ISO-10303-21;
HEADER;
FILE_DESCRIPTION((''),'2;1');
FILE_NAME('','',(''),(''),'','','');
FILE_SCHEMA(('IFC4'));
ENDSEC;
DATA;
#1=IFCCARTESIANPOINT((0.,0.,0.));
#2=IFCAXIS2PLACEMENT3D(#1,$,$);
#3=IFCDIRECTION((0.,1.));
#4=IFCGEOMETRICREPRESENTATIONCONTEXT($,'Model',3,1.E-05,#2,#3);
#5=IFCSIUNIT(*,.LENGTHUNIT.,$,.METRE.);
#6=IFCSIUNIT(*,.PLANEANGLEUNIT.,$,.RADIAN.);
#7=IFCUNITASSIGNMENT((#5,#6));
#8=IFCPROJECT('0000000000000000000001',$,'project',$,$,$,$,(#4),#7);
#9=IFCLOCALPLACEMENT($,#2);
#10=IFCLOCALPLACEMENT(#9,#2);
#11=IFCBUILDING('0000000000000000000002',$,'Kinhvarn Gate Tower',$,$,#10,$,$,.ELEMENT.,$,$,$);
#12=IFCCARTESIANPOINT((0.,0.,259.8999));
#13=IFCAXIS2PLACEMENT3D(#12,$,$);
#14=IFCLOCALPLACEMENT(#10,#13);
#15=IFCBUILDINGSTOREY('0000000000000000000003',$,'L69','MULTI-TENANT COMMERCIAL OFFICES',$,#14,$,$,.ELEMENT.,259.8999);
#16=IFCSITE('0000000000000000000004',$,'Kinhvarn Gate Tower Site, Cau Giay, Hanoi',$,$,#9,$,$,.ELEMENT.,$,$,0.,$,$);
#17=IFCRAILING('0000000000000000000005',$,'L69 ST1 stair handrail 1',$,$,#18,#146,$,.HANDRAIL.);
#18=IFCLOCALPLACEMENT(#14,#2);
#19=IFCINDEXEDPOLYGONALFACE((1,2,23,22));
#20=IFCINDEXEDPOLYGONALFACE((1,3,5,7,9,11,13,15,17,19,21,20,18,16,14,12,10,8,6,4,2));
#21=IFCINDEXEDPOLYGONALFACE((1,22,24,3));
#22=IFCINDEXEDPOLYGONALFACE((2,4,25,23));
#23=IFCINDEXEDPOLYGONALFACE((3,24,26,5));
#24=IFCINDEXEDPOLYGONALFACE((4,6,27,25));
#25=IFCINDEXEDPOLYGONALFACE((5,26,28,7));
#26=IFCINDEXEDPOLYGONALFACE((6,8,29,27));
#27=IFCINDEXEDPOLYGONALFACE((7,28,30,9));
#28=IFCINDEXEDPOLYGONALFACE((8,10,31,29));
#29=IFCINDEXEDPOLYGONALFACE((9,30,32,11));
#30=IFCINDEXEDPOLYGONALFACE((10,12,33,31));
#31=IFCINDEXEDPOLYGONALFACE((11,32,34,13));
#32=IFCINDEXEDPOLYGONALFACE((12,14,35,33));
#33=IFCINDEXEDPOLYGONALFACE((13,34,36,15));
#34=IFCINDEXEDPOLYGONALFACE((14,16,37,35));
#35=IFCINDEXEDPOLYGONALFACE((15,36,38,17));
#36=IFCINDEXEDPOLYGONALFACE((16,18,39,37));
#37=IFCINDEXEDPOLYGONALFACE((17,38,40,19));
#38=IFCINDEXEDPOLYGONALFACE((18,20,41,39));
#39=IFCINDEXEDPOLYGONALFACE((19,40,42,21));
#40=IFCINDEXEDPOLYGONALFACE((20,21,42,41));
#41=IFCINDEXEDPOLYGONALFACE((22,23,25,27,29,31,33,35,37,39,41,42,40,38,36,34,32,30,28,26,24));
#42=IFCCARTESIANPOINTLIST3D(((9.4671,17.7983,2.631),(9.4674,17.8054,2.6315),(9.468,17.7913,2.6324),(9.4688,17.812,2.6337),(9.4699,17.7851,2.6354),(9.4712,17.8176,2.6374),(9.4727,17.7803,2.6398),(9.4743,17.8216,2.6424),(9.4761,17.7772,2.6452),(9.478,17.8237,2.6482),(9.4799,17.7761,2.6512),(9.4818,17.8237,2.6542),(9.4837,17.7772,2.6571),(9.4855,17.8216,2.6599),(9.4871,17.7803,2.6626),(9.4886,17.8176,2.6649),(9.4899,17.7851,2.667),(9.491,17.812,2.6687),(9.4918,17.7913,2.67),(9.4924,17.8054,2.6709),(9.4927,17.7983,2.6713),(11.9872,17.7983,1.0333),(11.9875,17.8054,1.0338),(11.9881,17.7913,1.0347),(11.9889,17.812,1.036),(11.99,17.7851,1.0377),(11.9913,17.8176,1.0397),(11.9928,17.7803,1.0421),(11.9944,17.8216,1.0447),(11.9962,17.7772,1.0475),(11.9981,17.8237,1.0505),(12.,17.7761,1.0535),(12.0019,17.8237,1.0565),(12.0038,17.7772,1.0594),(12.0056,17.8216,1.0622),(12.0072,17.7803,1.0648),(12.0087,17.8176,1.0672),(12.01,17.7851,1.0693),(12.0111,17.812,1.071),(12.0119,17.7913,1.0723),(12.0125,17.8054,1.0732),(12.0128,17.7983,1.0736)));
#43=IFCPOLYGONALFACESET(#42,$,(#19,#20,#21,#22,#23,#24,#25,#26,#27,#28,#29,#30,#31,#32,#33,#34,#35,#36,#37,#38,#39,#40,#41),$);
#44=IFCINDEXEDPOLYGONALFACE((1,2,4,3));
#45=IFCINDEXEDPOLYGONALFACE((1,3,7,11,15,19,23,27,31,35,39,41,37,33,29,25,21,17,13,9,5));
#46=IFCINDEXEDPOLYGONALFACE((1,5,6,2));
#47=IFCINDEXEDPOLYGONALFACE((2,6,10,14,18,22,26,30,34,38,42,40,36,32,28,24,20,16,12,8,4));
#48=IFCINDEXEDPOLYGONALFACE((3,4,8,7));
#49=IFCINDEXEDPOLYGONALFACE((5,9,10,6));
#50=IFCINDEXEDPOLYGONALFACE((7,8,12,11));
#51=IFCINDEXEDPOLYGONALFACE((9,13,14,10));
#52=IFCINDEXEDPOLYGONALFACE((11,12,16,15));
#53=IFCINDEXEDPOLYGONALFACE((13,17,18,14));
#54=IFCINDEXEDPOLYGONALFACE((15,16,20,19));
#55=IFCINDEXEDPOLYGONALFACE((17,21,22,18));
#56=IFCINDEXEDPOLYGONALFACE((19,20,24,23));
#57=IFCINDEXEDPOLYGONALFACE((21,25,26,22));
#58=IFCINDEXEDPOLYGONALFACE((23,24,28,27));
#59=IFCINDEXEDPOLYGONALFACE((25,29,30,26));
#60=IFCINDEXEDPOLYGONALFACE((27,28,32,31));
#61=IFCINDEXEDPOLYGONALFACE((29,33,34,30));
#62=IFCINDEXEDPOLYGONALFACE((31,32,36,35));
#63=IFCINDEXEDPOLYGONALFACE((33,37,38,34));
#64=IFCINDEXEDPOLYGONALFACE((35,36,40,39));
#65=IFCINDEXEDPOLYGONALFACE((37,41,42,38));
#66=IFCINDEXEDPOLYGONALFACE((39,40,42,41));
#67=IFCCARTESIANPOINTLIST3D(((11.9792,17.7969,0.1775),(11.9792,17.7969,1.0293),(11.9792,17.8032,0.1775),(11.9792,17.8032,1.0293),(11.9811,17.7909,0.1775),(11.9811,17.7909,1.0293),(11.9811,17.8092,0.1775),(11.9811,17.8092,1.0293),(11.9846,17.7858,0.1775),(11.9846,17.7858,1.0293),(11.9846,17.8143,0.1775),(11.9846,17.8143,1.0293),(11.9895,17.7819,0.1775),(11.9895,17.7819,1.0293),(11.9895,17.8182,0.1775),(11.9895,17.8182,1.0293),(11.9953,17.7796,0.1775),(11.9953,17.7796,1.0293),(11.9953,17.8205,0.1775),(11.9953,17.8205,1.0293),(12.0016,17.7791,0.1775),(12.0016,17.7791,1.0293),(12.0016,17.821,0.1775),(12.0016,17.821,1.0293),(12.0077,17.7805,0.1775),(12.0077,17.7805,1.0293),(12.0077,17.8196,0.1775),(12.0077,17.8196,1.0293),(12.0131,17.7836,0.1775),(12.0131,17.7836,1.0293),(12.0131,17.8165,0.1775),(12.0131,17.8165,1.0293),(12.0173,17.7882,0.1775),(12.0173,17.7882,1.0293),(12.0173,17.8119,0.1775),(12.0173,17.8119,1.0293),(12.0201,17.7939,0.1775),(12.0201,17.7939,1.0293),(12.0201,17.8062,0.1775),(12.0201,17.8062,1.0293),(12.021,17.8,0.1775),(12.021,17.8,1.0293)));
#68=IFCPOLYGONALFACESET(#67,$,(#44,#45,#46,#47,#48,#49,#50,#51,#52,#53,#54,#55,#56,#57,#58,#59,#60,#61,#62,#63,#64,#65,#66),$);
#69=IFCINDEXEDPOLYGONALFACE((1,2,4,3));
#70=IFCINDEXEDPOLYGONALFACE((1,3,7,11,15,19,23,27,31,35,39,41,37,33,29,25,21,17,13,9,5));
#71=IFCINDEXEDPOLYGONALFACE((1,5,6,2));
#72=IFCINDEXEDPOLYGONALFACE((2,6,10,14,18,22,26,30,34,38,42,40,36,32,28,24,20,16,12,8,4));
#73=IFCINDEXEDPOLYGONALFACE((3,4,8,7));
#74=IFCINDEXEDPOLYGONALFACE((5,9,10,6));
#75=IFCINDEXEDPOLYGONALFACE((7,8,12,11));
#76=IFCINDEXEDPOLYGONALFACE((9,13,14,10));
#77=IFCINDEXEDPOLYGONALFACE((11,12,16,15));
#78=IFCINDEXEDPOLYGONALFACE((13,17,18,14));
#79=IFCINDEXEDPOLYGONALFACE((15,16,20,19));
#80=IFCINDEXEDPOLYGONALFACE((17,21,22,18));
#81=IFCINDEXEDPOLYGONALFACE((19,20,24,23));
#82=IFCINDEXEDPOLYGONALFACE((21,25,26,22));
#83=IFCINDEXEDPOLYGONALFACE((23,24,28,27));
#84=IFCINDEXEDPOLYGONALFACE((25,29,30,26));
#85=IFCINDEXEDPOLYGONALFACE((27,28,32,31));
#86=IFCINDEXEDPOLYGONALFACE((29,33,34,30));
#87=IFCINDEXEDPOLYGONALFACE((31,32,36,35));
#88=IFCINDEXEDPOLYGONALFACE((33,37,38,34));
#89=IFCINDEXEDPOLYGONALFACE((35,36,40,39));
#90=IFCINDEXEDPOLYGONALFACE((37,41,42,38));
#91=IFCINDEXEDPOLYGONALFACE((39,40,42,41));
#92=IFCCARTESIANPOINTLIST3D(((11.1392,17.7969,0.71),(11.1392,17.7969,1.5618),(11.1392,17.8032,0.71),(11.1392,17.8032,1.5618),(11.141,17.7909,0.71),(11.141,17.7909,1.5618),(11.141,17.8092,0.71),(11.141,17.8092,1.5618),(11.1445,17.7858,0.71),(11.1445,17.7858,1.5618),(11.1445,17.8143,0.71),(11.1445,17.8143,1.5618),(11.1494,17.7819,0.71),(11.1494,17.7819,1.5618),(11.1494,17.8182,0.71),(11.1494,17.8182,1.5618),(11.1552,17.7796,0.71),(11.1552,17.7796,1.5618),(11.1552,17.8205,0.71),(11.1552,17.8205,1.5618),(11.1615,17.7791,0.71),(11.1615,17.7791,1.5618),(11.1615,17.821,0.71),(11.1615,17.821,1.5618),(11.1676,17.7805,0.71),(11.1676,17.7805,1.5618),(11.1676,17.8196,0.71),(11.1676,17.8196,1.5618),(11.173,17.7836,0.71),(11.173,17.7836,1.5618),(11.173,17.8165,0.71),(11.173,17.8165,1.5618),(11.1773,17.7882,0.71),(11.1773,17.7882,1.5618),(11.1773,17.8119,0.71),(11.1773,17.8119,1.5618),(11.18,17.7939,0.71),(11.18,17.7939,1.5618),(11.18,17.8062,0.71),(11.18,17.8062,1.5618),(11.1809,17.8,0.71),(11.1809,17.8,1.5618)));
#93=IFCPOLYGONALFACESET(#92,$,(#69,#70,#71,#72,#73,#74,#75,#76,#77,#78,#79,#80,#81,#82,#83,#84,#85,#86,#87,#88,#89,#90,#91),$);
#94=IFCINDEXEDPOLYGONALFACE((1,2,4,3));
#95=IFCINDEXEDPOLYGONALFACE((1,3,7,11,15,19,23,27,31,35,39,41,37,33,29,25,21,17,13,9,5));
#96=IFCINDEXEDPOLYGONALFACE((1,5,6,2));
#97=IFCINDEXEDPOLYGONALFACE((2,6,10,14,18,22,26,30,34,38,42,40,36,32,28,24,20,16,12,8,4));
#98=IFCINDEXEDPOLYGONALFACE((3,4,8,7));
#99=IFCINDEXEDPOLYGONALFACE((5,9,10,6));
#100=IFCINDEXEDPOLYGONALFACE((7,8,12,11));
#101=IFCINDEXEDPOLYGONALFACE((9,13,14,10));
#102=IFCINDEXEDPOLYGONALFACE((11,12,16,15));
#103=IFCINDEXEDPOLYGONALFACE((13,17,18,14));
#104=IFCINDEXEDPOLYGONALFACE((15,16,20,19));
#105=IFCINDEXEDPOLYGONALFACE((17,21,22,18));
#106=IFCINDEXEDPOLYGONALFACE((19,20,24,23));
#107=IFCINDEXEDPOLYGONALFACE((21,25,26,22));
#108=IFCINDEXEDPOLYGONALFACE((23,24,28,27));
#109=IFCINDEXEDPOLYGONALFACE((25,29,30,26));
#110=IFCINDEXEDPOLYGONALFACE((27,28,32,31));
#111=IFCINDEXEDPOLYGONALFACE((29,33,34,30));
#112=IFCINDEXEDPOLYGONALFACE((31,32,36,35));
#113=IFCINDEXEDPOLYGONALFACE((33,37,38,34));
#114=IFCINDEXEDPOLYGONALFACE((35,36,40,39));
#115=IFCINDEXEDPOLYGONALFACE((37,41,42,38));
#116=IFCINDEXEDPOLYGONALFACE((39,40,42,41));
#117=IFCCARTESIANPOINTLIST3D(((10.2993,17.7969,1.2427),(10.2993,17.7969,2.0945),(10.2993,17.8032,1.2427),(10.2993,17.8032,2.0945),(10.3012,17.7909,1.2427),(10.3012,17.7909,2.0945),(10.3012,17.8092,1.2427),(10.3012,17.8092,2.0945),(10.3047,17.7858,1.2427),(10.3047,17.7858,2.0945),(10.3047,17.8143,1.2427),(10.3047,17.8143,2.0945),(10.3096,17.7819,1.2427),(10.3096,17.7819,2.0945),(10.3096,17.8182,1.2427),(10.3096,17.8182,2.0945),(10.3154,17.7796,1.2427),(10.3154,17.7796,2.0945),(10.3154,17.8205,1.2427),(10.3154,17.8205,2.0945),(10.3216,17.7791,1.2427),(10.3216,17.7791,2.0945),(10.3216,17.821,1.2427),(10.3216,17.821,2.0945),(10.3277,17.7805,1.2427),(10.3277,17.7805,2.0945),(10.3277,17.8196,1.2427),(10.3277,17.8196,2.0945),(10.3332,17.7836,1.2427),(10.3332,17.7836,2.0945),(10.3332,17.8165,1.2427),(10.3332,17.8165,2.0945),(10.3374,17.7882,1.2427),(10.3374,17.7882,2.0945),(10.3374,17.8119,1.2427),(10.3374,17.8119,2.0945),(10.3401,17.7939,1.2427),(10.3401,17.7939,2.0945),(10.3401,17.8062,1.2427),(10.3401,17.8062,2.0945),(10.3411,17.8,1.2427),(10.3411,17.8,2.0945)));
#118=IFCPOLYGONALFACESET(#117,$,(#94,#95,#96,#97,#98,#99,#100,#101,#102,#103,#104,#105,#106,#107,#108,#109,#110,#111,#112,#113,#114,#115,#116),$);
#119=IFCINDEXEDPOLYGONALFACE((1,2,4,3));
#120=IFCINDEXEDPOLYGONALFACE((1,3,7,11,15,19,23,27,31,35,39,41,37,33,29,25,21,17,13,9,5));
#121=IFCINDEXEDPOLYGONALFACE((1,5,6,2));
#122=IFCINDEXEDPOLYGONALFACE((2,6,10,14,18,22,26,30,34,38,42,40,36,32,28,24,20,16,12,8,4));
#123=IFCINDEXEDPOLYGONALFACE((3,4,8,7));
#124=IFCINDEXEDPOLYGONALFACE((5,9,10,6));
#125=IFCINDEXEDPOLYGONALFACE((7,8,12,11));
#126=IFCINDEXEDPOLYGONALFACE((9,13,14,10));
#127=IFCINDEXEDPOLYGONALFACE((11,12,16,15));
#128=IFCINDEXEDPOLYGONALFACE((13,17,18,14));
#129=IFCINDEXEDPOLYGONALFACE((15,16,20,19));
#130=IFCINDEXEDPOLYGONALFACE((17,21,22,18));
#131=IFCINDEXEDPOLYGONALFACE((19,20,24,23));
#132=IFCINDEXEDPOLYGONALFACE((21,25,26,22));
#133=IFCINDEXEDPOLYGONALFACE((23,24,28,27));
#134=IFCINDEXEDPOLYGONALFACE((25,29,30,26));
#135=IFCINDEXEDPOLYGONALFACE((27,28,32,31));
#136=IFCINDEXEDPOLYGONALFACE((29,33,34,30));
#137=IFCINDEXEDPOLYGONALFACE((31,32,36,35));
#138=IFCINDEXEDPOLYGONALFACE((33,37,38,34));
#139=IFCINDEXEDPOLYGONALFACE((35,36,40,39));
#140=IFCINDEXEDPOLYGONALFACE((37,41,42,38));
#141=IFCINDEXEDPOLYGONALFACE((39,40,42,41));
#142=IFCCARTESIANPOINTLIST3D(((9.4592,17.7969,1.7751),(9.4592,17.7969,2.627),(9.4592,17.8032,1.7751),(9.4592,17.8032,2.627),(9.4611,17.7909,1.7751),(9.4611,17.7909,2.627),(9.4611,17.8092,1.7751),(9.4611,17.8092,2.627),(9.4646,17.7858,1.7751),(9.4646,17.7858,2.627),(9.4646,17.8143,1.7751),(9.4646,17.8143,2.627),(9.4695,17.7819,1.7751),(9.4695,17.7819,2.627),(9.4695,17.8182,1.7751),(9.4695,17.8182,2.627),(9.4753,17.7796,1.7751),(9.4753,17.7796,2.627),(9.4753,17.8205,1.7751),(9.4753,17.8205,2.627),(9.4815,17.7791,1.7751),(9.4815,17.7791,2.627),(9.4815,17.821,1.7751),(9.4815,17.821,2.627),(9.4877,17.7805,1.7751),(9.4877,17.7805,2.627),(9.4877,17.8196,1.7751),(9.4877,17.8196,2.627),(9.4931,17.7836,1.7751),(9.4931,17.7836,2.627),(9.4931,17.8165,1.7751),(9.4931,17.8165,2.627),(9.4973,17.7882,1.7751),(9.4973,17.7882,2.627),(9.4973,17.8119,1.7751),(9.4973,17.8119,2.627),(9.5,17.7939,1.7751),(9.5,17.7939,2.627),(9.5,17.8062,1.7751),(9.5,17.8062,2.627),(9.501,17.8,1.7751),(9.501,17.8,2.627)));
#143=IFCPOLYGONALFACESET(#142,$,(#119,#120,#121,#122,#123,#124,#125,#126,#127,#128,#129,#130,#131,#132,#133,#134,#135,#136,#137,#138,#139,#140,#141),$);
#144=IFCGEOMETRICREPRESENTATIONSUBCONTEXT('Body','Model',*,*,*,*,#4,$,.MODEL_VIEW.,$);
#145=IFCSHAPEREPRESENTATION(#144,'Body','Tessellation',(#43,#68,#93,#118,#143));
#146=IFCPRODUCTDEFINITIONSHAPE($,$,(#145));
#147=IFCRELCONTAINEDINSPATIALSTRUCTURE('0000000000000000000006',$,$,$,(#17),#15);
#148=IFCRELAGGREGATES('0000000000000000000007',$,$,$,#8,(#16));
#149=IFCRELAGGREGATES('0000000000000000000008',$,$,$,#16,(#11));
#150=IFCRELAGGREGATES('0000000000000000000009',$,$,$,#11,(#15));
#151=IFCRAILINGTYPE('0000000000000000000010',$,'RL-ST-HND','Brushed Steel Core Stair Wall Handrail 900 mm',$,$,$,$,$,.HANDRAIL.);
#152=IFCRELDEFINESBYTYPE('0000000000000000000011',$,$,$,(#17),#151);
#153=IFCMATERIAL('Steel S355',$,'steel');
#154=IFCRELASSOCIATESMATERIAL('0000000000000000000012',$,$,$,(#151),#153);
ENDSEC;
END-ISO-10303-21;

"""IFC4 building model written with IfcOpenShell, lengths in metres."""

from ifc_helpers import new_model, si_unit, direction, frame, origin, origin_2d, place, context, subcontext, project, spatial, circle, extrude, material, type_object, element, save


model = new_model("IFC4")

# Units and contexts
model_context = context("Model", 3, precision=1e-05, world=origin(), true_north=direction((0.0, 1.0)))
body_context = subcontext(model_context, "Body", "Model", "MODEL_VIEW")
ifc_project = project(units=[si_unit("LENGTHUNIT", "METRE"), si_unit("PLANEANGLEUNIT", "RADIAN")], contexts=[model_context])

# Site, building, storey
site_placement = place(None, origin())
site = spatial("IfcSite", under=ifc_project, at=site_placement, Name="Kinhvarn Gate Tower Site, Cau Giay, Hanoi", CompositionType="ELEMENT", RefElevation=0.0)
building_placement = place(site_placement, origin())
building = spatial("IfcBuilding", under=site, at=building_placement, Name="Kinhvarn Gate Tower", CompositionType="ELEMENT")
storey_placement = place(building_placement, frame((0.0, 0.0, 259.8999)))
storey = spatial("IfcBuildingStorey", under=building, at=storey_placement, Name="L69", Description="MULTI-TENANT COMMERCIAL OFFICES", CompositionType="ELEMENT", Elevation=259.8999)

# Shared definitions
ifc_material_1 = material(Name="Steel S355", Category="steel")

# Railing
railing_type_1 = type_object("IfcRailingType", Name="RL-ST-HND", Description="Brushed Steel Core Stair Wall Handrail 900 mm", PredefinedType="HANDRAIL", material=ifc_material_1)
railing_1_placement = place(storey_placement, frame((12.0, 17.8, 0.1775)))
element("IfcRailing", 1, at=railing_1_placement, inside=storey, type_object=railing_type_1, Name="L69 ST1 stair handrail 1", PredefinedType="HANDRAIL", context=body_context, shape_type="SweptSolid", body=[
    extrude(circle(Radius=0.0239, at=origin_2d()), frame((0.0, 0.0, 0.876), z_axis=(-0.84457, 0.0, 0.535445), x_axis=(0.0, -1.0, 0.0)), (0.0, 0.0, 1.0), 2.9839),
    extrude(circle(Radius=0.021, at=origin_2d()), origin(), (0.0, 0.0, 1.0), 0.8518),
    extrude(circle(Radius=0.021, at=origin_2d()), frame((-0.8401, 0.0, 0.5325)), (0.0, 0.0, 1.0), 0.8518),
    extrude(circle(Radius=0.021, at=origin_2d()), frame((-1.6799, 0.0, 1.0652)), (0.0, 0.0, 1.0), 0.8518),
    extrude(circle(Radius=0.021, at=origin_2d()), frame((-2.52, 0.0, 1.5977)), (0.0, 0.0, 1.0), 0.8518),
])

save(model, "model.ifc")
